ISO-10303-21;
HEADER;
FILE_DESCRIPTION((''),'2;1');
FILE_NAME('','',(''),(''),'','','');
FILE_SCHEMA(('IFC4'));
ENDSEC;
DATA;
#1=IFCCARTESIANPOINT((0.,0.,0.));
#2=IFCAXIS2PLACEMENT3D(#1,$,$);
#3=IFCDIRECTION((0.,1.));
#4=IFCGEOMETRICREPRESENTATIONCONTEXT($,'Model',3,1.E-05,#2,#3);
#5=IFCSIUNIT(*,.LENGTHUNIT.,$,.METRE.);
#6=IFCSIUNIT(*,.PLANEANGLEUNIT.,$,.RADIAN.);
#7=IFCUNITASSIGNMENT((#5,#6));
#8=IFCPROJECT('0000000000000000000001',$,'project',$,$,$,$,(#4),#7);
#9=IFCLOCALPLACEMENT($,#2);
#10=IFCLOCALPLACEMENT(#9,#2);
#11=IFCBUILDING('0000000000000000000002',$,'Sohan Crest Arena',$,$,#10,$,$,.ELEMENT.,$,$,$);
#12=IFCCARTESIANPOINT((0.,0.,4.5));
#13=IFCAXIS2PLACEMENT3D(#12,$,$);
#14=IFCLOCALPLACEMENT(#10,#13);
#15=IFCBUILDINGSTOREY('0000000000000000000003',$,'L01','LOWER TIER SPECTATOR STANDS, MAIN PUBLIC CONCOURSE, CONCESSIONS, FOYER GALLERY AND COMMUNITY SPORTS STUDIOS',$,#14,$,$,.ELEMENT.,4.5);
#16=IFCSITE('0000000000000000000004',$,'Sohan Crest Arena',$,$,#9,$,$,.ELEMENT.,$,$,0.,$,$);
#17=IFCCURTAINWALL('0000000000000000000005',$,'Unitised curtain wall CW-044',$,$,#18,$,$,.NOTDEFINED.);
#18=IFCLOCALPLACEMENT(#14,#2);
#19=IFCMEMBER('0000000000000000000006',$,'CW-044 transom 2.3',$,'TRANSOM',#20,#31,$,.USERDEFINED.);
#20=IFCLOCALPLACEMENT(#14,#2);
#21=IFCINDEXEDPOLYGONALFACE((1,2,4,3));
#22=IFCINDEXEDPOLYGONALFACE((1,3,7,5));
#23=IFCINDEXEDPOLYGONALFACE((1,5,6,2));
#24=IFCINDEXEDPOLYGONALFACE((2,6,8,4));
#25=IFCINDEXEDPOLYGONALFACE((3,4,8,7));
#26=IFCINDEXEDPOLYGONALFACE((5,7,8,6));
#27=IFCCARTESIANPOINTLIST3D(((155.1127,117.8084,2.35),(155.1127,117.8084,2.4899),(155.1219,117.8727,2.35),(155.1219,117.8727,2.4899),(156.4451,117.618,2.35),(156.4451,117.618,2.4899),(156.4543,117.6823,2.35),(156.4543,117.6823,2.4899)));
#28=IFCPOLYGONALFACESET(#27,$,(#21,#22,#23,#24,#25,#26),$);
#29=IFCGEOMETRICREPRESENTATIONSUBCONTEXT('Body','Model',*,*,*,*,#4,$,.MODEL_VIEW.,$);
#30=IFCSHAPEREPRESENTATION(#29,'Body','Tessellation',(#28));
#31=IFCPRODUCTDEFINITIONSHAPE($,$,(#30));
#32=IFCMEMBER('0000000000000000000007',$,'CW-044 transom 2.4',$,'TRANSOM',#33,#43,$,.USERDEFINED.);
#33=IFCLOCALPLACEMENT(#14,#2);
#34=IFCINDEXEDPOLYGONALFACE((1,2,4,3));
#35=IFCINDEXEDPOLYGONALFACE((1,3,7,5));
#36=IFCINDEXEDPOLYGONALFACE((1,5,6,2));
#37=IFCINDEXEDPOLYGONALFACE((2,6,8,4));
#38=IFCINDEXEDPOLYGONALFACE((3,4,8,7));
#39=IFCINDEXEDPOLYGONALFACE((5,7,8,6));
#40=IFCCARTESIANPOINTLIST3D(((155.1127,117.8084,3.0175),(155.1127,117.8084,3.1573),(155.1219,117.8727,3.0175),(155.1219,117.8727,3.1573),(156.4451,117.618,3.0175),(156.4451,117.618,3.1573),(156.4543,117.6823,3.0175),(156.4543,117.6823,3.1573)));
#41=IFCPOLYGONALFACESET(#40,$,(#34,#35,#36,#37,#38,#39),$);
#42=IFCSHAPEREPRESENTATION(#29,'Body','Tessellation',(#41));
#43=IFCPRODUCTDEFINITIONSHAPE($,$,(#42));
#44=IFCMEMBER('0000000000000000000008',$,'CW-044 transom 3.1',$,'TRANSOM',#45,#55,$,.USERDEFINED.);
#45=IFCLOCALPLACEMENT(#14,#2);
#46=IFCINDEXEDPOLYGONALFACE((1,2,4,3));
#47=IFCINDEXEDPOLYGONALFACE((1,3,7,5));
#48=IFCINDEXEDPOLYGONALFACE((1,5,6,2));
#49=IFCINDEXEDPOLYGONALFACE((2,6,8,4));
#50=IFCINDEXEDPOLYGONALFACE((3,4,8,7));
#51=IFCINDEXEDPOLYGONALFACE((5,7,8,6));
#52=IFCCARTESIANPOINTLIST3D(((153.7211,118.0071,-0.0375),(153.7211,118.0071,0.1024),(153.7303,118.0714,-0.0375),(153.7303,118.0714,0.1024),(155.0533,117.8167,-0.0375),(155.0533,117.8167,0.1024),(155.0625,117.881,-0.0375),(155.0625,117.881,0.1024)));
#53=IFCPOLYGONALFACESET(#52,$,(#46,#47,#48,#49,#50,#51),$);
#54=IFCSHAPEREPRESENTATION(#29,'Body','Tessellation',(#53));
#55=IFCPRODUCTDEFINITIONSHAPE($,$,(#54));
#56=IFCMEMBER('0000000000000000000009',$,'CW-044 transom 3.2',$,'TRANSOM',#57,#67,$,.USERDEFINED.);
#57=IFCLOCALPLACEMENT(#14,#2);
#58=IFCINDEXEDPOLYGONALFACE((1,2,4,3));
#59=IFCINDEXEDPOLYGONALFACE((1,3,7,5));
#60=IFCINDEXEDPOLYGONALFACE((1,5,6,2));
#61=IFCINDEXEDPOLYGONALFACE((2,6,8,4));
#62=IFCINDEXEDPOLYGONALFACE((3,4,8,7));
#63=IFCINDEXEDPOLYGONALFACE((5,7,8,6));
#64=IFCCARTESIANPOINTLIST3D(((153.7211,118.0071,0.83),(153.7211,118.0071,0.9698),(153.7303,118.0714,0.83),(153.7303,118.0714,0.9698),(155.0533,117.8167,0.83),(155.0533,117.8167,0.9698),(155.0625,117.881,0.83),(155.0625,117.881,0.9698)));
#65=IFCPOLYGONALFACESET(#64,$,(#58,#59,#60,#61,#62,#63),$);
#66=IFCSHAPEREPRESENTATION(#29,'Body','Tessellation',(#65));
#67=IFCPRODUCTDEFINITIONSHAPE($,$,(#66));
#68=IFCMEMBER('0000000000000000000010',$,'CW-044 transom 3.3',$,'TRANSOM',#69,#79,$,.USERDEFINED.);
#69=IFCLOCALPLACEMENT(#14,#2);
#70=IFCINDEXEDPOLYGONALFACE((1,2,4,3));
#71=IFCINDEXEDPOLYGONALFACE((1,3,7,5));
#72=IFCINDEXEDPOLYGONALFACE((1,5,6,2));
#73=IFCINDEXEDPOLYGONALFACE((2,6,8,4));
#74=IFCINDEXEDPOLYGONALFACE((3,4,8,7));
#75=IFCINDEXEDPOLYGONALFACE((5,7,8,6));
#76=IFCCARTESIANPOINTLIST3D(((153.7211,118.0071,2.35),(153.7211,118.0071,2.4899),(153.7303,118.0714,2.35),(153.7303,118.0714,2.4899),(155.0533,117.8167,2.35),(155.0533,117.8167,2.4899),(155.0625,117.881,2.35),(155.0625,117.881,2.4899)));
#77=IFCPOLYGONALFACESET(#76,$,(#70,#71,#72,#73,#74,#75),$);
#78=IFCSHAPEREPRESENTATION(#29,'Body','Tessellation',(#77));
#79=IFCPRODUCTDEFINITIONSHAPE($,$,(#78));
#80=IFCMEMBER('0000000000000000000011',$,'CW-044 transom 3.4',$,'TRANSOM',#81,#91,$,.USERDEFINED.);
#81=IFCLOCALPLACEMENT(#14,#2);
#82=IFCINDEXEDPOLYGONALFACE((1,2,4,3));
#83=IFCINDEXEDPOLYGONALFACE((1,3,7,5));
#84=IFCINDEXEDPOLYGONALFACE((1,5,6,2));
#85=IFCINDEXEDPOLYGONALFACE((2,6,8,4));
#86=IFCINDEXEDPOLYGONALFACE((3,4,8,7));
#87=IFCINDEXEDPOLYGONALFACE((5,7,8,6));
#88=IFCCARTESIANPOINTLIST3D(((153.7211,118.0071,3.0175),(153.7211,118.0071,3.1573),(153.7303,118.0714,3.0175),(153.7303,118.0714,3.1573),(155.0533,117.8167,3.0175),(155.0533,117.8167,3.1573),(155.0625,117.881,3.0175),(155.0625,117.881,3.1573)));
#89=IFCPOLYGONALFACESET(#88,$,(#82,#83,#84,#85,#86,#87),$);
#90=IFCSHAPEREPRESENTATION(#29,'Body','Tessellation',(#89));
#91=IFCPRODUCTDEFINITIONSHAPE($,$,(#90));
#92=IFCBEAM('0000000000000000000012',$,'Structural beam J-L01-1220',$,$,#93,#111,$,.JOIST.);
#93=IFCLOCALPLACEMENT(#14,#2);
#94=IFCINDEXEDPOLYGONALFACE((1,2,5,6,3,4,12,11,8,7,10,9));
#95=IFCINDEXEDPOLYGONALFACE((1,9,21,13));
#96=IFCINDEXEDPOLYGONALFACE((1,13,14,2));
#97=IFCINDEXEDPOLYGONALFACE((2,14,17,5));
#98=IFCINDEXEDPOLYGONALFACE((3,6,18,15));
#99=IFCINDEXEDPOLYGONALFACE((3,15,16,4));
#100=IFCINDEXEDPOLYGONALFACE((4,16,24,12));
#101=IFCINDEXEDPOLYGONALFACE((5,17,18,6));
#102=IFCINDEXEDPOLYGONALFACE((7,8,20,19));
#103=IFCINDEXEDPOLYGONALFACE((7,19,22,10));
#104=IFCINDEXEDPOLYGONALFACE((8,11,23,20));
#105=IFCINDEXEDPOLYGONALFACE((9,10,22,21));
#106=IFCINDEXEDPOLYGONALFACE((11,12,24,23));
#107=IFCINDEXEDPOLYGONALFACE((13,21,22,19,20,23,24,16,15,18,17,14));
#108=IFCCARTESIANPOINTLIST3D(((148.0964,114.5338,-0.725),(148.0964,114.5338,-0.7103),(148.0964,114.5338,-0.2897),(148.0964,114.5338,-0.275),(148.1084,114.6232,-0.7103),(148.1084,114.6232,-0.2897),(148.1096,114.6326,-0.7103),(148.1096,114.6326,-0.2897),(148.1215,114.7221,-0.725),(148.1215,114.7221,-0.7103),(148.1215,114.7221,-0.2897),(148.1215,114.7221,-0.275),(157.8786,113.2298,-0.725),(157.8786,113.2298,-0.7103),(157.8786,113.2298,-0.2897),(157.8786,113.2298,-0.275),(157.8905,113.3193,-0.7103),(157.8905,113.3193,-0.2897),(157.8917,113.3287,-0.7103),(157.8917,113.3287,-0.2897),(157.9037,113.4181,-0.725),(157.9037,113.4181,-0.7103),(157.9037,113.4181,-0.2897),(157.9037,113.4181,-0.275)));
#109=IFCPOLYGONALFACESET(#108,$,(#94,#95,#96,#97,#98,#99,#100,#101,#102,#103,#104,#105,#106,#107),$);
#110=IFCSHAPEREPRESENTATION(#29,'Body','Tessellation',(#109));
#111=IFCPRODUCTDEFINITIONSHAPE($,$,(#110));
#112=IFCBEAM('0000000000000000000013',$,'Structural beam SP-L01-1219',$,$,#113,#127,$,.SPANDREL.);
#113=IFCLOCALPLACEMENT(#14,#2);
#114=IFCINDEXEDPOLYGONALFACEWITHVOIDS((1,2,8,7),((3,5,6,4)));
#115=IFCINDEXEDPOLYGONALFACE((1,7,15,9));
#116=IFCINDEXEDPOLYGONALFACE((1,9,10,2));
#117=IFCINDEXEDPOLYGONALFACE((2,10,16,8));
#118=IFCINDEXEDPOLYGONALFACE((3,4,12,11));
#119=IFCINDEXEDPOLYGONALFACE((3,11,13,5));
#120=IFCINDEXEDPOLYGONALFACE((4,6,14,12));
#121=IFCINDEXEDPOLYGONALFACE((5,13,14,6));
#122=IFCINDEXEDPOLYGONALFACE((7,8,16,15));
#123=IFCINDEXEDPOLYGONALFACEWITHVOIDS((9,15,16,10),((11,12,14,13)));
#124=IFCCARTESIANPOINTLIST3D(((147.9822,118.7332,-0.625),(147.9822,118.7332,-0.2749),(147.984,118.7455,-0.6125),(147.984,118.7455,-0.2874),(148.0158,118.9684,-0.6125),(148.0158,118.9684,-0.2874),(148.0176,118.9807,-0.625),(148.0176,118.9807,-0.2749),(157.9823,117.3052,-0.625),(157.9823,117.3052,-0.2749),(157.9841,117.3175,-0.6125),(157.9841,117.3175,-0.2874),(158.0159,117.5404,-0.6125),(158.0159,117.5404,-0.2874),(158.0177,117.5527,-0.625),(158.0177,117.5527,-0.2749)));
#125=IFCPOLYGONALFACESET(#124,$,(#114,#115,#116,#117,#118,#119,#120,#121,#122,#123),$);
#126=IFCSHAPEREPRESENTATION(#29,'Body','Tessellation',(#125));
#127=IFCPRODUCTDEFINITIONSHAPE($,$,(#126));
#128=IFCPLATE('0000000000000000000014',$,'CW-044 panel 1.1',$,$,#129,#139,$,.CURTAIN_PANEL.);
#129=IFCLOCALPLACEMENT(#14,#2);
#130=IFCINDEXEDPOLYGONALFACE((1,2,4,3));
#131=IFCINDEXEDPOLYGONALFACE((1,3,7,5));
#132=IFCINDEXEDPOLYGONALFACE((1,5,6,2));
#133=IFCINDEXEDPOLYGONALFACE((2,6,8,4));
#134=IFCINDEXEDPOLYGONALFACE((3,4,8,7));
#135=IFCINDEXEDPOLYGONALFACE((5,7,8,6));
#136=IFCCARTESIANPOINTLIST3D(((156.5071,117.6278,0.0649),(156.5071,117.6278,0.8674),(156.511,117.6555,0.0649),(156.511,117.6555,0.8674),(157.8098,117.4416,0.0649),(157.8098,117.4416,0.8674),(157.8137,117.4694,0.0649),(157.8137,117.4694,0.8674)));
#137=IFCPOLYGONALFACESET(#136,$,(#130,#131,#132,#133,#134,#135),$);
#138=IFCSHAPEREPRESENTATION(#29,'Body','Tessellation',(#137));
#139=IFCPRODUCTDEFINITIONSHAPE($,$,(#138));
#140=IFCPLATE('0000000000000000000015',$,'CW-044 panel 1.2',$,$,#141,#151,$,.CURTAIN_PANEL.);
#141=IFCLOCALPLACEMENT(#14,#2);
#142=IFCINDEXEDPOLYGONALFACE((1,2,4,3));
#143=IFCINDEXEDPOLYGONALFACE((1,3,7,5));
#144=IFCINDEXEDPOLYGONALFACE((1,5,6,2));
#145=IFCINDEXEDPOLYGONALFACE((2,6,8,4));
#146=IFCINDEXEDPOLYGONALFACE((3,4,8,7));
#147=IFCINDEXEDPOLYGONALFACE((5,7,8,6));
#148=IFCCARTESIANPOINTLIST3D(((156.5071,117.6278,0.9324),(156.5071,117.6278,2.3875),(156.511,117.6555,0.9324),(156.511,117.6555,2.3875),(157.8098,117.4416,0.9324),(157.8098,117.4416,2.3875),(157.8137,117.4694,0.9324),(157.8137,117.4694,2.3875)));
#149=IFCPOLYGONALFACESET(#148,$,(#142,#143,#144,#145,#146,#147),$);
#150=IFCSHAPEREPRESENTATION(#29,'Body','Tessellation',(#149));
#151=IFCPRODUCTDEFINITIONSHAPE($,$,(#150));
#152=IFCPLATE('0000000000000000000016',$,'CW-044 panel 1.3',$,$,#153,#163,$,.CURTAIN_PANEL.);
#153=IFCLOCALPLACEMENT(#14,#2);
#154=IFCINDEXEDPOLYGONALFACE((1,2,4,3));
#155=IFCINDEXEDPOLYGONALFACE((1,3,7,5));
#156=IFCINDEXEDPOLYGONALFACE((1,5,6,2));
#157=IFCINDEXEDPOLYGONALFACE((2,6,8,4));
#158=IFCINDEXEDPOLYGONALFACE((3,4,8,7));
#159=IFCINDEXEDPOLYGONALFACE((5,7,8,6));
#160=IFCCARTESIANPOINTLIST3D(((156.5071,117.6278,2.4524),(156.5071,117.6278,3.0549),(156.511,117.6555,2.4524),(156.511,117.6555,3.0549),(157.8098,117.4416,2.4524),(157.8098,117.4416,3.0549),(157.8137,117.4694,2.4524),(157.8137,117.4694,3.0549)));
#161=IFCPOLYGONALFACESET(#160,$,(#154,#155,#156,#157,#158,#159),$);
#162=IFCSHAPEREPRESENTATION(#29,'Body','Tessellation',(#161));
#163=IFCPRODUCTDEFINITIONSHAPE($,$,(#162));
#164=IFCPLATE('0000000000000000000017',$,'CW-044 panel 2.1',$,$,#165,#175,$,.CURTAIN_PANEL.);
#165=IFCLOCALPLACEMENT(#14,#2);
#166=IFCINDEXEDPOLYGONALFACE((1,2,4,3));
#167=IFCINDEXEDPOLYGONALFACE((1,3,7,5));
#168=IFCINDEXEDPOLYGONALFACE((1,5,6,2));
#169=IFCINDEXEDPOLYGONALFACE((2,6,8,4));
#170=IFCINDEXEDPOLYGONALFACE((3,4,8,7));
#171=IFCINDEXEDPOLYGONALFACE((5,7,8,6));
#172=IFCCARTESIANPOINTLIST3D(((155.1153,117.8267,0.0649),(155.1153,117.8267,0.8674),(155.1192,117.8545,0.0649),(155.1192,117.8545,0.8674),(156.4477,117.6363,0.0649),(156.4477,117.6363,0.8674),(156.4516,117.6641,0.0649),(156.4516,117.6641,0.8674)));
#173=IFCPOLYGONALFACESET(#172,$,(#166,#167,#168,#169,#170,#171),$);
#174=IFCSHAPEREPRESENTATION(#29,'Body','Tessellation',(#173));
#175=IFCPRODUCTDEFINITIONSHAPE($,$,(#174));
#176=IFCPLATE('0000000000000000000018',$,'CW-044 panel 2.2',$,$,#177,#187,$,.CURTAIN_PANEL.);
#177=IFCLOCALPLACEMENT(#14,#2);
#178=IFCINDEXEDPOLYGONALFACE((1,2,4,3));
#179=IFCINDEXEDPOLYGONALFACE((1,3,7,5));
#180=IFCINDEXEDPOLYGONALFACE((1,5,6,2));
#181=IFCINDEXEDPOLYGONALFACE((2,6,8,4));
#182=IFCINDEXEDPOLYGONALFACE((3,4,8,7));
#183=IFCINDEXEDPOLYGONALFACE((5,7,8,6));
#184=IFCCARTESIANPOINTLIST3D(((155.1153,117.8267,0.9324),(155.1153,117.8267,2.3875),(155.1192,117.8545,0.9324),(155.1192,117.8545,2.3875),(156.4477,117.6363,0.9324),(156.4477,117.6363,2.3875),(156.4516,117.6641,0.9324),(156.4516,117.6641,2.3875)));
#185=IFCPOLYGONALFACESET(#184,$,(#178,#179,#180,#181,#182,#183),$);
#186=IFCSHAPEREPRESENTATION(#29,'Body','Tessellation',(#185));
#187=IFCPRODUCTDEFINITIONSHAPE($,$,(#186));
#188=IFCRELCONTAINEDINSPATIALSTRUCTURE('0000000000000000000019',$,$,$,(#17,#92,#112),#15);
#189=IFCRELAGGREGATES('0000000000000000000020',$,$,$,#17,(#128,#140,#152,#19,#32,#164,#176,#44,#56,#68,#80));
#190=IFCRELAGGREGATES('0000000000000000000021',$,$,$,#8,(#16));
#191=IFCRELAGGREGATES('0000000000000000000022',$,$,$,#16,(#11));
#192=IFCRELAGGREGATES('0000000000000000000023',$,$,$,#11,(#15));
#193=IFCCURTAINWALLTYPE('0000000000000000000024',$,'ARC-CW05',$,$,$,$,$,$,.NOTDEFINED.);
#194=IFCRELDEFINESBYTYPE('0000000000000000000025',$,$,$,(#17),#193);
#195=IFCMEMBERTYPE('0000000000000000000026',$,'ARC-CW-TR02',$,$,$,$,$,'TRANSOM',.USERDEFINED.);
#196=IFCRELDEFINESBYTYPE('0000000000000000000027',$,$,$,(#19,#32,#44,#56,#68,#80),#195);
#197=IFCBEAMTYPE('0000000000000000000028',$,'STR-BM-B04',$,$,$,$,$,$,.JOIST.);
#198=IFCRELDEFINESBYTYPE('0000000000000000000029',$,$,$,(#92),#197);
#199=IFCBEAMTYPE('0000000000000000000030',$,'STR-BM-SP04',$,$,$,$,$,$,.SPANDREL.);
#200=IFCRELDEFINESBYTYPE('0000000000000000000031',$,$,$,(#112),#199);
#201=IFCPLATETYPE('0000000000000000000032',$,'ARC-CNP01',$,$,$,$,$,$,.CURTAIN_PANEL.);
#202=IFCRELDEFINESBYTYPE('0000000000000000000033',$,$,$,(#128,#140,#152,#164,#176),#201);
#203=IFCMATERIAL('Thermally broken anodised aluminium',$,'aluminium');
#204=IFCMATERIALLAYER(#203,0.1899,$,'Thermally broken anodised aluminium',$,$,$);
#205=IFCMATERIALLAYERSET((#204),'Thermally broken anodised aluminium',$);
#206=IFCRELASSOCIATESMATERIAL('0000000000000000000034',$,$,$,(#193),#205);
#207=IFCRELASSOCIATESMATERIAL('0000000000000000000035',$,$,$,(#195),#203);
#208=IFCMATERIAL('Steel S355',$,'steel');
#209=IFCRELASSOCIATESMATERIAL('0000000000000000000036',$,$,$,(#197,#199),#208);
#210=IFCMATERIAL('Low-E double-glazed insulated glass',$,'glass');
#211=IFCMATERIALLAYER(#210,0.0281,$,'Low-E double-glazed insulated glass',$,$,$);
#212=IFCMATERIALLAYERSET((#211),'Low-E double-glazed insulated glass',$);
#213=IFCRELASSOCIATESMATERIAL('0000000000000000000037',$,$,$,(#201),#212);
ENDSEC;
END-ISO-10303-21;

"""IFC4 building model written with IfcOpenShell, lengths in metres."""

from ifc_helpers import new_model, si_unit, direction, frame, origin, origin_2d, place, context, subcontext, project, spatial, rectangle, hollow_rectangle, i_section, extrude, material, layer, layer_set, material_profile, profile_set, type_object, element, aggregate, save


model = new_model("IFC4")

# Units and contexts
model_context = context("Model", 3, precision=1e-05, world=origin(), true_north=direction((0.0, 1.0)))
body_context = subcontext(model_context, "Body", "Model", "MODEL_VIEW")
ifc_project = project(units=[si_unit("LENGTHUNIT", "METRE"), si_unit("PLANEANGLEUNIT", "RADIAN")], contexts=[model_context])

# Site, building, storey
site_placement = place(None, origin())
site = spatial("IfcSite", under=ifc_project, at=site_placement, Name="Sohan Crest Arena", CompositionType="ELEMENT", RefElevation=0.0)
building_placement = place(site_placement, origin())
building = spatial("IfcBuilding", under=site, at=building_placement, Name="Sohan Crest Arena", CompositionType="ELEMENT")
storey_placement = place(building_placement, frame((0.0, 0.0, 4.5)))
storey = spatial("IfcBuildingStorey", under=building, at=storey_placement, Name="L01", Description="LOWER TIER SPECTATOR STANDS, MAIN PUBLIC CONCOURSE, CONCESSIONS, FOYER GALLERY AND COMMUNITY SPORTS STUDIOS", CompositionType="ELEMENT", Elevation=4.5)

# Shared definitions
ifc_material_1 = material(Name="Steel S355", Category="steel")

# Curtain wall
ifc_material_2 = material(Name="Thermally broken anodised aluminium", Category="aluminium")
ifc_layer_1 = layer(ifc_material_2, 0.1899, Name="Thermally broken anodised aluminium")
ifc_layer_set_1 = layer_set([ifc_layer_1], Name="Thermally broken anodised aluminium")
curtain_wall_type_1 = type_object("IfcCurtainWallType", Name="ARC-CW05", PredefinedType="NOTDEFINED", material=ifc_layer_set_1)
curtain_wall_1_placement = place(storey_placement, origin())
curtain_wall_1 = element("IfcCurtainWall", 1, at=curtain_wall_1_placement, inside=storey, type_object=curtain_wall_type_1, Name="Unitised curtain wall CW-044", PredefinedType="NOTDEFINED")

# Members
ifc_material_profile_1 = material_profile(ifc_material_2, rectangle(XDim=0.0649, YDim=0.1399, at=origin_2d()), Name="ALU-TRAN 65x140")
ifc_profile_set_1 = profile_set([ifc_material_profile_1], Name="Thermally broken anodised aluminium")
member_type_1 = type_object("IfcMemberType", Name="ARC-CW-TR02", ElementType="TRANSOM", PredefinedType="USERDEFINED", material=ifc_profile_set_1)
member_1_placement = place(storey_placement, frame((156.4497, 117.6501, 2.4199), z_axis=(-0.989942, 0.141472, 0.0), x_axis=(-0.141472, -0.989942, 0.0)))
member_1 = element("IfcMember", 2, at=member_1_placement, type_object=member_type_1, Name="CW-044 transom 2.3", ObjectType="TRANSOM", PredefinedType="USERDEFINED", context=body_context, shape_type="SweptSolid", body=[
    extrude(rectangle(XDim=0.0649, YDim=0.1399, at=origin_2d()), origin(), (0.0, 0.0, 1.0), 1.3459),
])
member_2_placement = place(storey_placement, frame((156.4497, 117.6501, 3.0874), z_axis=(-0.989942, 0.141472, 0.0), x_axis=(-0.141472, -0.989942, 0.0)))
member_2 = element("IfcMember", 3, at=member_2_placement, type_object=member_type_1, Name="CW-044 transom 2.4", ObjectType="TRANSOM", PredefinedType="USERDEFINED", context=body_context, shape_type="SweptSolid", body=[
    extrude(rectangle(XDim=0.0649, YDim=0.1399, at=origin_2d()), origin(), (0.0, 0.0, 1.0), 1.3459),
])
member_3_placement = place(storey_placement, frame((155.0579, 117.8489, 0.0325), z_axis=(-0.989939, 0.141498, 0.0), x_axis=(-0.141498, -0.989939, 0.0)))
member_3 = element("IfcMember", 4, at=member_3_placement, type_object=member_type_1, Name="CW-044 transom 3.1", ObjectType="TRANSOM", PredefinedType="USERDEFINED", context=body_context, shape_type="SweptSolid", body=[
    extrude(rectangle(XDim=0.0649, YDim=0.1399, at=origin_2d()), origin(), (0.0, 0.0, 1.0), 1.3457),
])
member_4_placement = place(storey_placement, frame((155.0579, 117.8489, 0.8999), z_axis=(-0.989939, 0.141498, 0.0), x_axis=(-0.141498, -0.989939, 0.0)))
member_4 = element("IfcMember", 5, at=member_4_placement, type_object=member_type_1, Name="CW-044 transom 3.2", ObjectType="TRANSOM", PredefinedType="USERDEFINED", context=body_context, shape_type="SweptSolid", body=[
    extrude(rectangle(XDim=0.0649, YDim=0.1399, at=origin_2d()), origin(), (0.0, 0.0, 1.0), 1.3457),
])
member_5_placement = place(storey_placement, frame((155.0579, 117.8489, 2.4199), z_axis=(-0.989939, 0.141498, 0.0), x_axis=(-0.141498, -0.989939, 0.0)))
member_5 = element("IfcMember", 6, at=member_5_placement, type_object=member_type_1, Name="CW-044 transom 3.3", ObjectType="TRANSOM", PredefinedType="USERDEFINED", context=body_context, shape_type="SweptSolid", body=[
    extrude(rectangle(XDim=0.0649, YDim=0.1399, at=origin_2d()), origin(), (0.0, 0.0, 1.0), 1.3457),
])
member_6_placement = place(storey_placement, frame((155.0579, 117.8489, 3.0874), z_axis=(-0.989939, 0.141498, 0.0), x_axis=(-0.141498, -0.989939, 0.0)))
member_6 = element("IfcMember", 7, at=member_6_placement, type_object=member_type_1, Name="CW-044 transom 3.4", ObjectType="TRANSOM", PredefinedType="USERDEFINED", context=body_context, shape_type="SweptSolid", body=[
    extrude(rectangle(XDim=0.0649, YDim=0.1399, at=origin_2d()), origin(), (0.0, 0.0, 1.0), 1.3457),
])

# Beams
ifc_material_profile_2 = material_profile(ifc_material_1, i_section(OverallWidth=0.1899, OverallDepth=0.45, WebThickness=0.0095, FlangeThickness=0.0146, at=origin_2d()), Name="IPE 450")
ifc_profile_set_2 = profile_set([ifc_material_profile_2], Name="Steel S355")
beam_type_1 = type_object("IfcBeamType", Name="STR-BM-B04", PredefinedType="JOIST", material=ifc_profile_set_2)
beam_1_placement = place(storey_placement, frame((157.8911, 113.324, -0.5), z_axis=(-0.991232, 0.13213, 0.0), x_axis=(-0.13213, -0.991232, 0.0)))
element("IfcBeam", 8, at=beam_1_placement, inside=storey, type_object=beam_type_1, Name="Structural beam J-L01-1220", PredefinedType="JOIST", context=body_context, shape_type="SweptSolid", body=[
    extrude(i_section(OverallWidth=0.1899, OverallDepth=0.45, WebThickness=0.0095, FlangeThickness=0.0146, at=origin_2d()), origin(), (0.0, 0.0, 1.0), 9.8687),
])
ifc_material_profile_3 = material_profile(ifc_material_1, hollow_rectangle(XDim=0.25, YDim=0.3501, WallThickness=0.0125, at=origin_2d()), Name="RHS 350x250x12.5")
ifc_profile_set_3 = profile_set([ifc_material_profile_3], Name="Steel S355")
beam_type_2 = type_object("IfcBeamType", Name="STR-BM-SP04", PredefinedType="SPANDREL", material=ifc_profile_set_3)
beam_2_placement = place(storey_placement, frame((158.0, 117.429, -0.45), z_axis=(-0.989958, 0.141364, 0.0), x_axis=(-0.141364, -0.989958, 0.0)))
element("IfcBeam", 9, at=beam_2_placement, inside=storey, type_object=beam_type_2, Name="Structural beam SP-L01-1219", PredefinedType="SPANDREL", context=body_context, shape_type="SweptSolid", body=[
    extrude(hollow_rectangle(XDim=0.25, YDim=0.3501, WallThickness=0.0125, at=origin_2d()), origin(), (0.0, 0.0, 1.0), 10.1016),
])

# Plates
ifc_material_3 = material(Name="Low-E double-glazed insulated glass", Category="glass")
ifc_layer_2 = layer(ifc_material_3, 0.0281, Name="Low-E double-glazed insulated glass")
ifc_layer_set_2 = layer_set([ifc_layer_2], Name="Low-E double-glazed insulated glass")
plate_type_1 = type_object("IfcPlateType", Name="ARC-CNP01", PredefinedType="CURTAIN_PANEL", material=ifc_layer_set_2)
plate_1_placement = place(storey_placement, frame((157.1604, 117.5486, 0.0649), z_axis=(0.0, 0.0, 1.0), x_axis=(-0.989945, 0.14145, 0.0)))
plate_1 = element("IfcPlate", 10, at=plate_1_placement, type_object=plate_type_1, Name="CW-044 panel 1.1", PredefinedType="CURTAIN_PANEL", context=body_context, shape_type="SweptSolid", body=[
    extrude(rectangle(XDim=1.3159, YDim=0.0281, at=origin_2d()), origin(), (0.0, 0.0, 1.0), 0.8025),
])
plate_2_placement = place(storey_placement, frame((157.1604, 117.5486, 0.9324), z_axis=(0.0, 0.0, 1.0), x_axis=(-0.989945, 0.14145, 0.0)))
plate_2 = element("IfcPlate", 11, at=plate_2_placement, type_object=plate_type_1, Name="CW-044 panel 1.2", PredefinedType="CURTAIN_PANEL", context=body_context, shape_type="SweptSolid", body=[
    extrude(rectangle(XDim=1.3159, YDim=0.0281, at=origin_2d()), origin(), (0.0, 0.0, 1.0), 1.4551),
])
plate_3_placement = place(storey_placement, frame((157.1604, 117.5486, 2.4524), z_axis=(0.0, 0.0, 1.0), x_axis=(-0.989945, 0.14145, 0.0)))
plate_3 = element("IfcPlate", 12, at=plate_3_placement, type_object=plate_type_1, Name="CW-044 panel 1.3", PredefinedType="CURTAIN_PANEL", context=body_context, shape_type="SweptSolid", body=[
    extrude(rectangle(XDim=1.3159, YDim=0.0281, at=origin_2d()), origin(), (0.0, 0.0, 1.0), 0.6025),
])
plate_4_placement = place(storey_placement, frame((155.7834, 117.7454, 0.0649), z_axis=(0.0, 0.0, 1.0), x_axis=(-0.989945, 0.14145, 0.0)))
plate_4 = element("IfcPlate", 13, at=plate_4_placement, type_object=plate_type_1, Name="CW-044 panel 2.1", PredefinedType="CURTAIN_PANEL", context=body_context, shape_type="SweptSolid", body=[
    extrude(rectangle(XDim=1.3459, YDim=0.0281, at=origin_2d()), origin(), (0.0, 0.0, 1.0), 0.8025),
])
plate_5_placement = place(storey_placement, frame((155.7834, 117.7454, 0.9324), z_axis=(0.0, 0.0, 1.0), x_axis=(-0.989945, 0.14145, 0.0)))
plate_5 = element("IfcPlate", 14, at=plate_5_placement, type_object=plate_type_1, Name="CW-044 panel 2.2", PredefinedType="CURTAIN_PANEL", context=body_context, shape_type="SweptSolid", body=[
    extrude(rectangle(XDim=1.3459, YDim=0.0281, at=origin_2d()), origin(), (0.0, 0.0, 1.0), 1.4551),
])
aggregate(curtain_wall_1, [plate_1, plate_2, plate_3, member_1, member_2, plate_4, plate_5, member_3, member_4, member_5, member_6])

save(model, "model.ifc")
